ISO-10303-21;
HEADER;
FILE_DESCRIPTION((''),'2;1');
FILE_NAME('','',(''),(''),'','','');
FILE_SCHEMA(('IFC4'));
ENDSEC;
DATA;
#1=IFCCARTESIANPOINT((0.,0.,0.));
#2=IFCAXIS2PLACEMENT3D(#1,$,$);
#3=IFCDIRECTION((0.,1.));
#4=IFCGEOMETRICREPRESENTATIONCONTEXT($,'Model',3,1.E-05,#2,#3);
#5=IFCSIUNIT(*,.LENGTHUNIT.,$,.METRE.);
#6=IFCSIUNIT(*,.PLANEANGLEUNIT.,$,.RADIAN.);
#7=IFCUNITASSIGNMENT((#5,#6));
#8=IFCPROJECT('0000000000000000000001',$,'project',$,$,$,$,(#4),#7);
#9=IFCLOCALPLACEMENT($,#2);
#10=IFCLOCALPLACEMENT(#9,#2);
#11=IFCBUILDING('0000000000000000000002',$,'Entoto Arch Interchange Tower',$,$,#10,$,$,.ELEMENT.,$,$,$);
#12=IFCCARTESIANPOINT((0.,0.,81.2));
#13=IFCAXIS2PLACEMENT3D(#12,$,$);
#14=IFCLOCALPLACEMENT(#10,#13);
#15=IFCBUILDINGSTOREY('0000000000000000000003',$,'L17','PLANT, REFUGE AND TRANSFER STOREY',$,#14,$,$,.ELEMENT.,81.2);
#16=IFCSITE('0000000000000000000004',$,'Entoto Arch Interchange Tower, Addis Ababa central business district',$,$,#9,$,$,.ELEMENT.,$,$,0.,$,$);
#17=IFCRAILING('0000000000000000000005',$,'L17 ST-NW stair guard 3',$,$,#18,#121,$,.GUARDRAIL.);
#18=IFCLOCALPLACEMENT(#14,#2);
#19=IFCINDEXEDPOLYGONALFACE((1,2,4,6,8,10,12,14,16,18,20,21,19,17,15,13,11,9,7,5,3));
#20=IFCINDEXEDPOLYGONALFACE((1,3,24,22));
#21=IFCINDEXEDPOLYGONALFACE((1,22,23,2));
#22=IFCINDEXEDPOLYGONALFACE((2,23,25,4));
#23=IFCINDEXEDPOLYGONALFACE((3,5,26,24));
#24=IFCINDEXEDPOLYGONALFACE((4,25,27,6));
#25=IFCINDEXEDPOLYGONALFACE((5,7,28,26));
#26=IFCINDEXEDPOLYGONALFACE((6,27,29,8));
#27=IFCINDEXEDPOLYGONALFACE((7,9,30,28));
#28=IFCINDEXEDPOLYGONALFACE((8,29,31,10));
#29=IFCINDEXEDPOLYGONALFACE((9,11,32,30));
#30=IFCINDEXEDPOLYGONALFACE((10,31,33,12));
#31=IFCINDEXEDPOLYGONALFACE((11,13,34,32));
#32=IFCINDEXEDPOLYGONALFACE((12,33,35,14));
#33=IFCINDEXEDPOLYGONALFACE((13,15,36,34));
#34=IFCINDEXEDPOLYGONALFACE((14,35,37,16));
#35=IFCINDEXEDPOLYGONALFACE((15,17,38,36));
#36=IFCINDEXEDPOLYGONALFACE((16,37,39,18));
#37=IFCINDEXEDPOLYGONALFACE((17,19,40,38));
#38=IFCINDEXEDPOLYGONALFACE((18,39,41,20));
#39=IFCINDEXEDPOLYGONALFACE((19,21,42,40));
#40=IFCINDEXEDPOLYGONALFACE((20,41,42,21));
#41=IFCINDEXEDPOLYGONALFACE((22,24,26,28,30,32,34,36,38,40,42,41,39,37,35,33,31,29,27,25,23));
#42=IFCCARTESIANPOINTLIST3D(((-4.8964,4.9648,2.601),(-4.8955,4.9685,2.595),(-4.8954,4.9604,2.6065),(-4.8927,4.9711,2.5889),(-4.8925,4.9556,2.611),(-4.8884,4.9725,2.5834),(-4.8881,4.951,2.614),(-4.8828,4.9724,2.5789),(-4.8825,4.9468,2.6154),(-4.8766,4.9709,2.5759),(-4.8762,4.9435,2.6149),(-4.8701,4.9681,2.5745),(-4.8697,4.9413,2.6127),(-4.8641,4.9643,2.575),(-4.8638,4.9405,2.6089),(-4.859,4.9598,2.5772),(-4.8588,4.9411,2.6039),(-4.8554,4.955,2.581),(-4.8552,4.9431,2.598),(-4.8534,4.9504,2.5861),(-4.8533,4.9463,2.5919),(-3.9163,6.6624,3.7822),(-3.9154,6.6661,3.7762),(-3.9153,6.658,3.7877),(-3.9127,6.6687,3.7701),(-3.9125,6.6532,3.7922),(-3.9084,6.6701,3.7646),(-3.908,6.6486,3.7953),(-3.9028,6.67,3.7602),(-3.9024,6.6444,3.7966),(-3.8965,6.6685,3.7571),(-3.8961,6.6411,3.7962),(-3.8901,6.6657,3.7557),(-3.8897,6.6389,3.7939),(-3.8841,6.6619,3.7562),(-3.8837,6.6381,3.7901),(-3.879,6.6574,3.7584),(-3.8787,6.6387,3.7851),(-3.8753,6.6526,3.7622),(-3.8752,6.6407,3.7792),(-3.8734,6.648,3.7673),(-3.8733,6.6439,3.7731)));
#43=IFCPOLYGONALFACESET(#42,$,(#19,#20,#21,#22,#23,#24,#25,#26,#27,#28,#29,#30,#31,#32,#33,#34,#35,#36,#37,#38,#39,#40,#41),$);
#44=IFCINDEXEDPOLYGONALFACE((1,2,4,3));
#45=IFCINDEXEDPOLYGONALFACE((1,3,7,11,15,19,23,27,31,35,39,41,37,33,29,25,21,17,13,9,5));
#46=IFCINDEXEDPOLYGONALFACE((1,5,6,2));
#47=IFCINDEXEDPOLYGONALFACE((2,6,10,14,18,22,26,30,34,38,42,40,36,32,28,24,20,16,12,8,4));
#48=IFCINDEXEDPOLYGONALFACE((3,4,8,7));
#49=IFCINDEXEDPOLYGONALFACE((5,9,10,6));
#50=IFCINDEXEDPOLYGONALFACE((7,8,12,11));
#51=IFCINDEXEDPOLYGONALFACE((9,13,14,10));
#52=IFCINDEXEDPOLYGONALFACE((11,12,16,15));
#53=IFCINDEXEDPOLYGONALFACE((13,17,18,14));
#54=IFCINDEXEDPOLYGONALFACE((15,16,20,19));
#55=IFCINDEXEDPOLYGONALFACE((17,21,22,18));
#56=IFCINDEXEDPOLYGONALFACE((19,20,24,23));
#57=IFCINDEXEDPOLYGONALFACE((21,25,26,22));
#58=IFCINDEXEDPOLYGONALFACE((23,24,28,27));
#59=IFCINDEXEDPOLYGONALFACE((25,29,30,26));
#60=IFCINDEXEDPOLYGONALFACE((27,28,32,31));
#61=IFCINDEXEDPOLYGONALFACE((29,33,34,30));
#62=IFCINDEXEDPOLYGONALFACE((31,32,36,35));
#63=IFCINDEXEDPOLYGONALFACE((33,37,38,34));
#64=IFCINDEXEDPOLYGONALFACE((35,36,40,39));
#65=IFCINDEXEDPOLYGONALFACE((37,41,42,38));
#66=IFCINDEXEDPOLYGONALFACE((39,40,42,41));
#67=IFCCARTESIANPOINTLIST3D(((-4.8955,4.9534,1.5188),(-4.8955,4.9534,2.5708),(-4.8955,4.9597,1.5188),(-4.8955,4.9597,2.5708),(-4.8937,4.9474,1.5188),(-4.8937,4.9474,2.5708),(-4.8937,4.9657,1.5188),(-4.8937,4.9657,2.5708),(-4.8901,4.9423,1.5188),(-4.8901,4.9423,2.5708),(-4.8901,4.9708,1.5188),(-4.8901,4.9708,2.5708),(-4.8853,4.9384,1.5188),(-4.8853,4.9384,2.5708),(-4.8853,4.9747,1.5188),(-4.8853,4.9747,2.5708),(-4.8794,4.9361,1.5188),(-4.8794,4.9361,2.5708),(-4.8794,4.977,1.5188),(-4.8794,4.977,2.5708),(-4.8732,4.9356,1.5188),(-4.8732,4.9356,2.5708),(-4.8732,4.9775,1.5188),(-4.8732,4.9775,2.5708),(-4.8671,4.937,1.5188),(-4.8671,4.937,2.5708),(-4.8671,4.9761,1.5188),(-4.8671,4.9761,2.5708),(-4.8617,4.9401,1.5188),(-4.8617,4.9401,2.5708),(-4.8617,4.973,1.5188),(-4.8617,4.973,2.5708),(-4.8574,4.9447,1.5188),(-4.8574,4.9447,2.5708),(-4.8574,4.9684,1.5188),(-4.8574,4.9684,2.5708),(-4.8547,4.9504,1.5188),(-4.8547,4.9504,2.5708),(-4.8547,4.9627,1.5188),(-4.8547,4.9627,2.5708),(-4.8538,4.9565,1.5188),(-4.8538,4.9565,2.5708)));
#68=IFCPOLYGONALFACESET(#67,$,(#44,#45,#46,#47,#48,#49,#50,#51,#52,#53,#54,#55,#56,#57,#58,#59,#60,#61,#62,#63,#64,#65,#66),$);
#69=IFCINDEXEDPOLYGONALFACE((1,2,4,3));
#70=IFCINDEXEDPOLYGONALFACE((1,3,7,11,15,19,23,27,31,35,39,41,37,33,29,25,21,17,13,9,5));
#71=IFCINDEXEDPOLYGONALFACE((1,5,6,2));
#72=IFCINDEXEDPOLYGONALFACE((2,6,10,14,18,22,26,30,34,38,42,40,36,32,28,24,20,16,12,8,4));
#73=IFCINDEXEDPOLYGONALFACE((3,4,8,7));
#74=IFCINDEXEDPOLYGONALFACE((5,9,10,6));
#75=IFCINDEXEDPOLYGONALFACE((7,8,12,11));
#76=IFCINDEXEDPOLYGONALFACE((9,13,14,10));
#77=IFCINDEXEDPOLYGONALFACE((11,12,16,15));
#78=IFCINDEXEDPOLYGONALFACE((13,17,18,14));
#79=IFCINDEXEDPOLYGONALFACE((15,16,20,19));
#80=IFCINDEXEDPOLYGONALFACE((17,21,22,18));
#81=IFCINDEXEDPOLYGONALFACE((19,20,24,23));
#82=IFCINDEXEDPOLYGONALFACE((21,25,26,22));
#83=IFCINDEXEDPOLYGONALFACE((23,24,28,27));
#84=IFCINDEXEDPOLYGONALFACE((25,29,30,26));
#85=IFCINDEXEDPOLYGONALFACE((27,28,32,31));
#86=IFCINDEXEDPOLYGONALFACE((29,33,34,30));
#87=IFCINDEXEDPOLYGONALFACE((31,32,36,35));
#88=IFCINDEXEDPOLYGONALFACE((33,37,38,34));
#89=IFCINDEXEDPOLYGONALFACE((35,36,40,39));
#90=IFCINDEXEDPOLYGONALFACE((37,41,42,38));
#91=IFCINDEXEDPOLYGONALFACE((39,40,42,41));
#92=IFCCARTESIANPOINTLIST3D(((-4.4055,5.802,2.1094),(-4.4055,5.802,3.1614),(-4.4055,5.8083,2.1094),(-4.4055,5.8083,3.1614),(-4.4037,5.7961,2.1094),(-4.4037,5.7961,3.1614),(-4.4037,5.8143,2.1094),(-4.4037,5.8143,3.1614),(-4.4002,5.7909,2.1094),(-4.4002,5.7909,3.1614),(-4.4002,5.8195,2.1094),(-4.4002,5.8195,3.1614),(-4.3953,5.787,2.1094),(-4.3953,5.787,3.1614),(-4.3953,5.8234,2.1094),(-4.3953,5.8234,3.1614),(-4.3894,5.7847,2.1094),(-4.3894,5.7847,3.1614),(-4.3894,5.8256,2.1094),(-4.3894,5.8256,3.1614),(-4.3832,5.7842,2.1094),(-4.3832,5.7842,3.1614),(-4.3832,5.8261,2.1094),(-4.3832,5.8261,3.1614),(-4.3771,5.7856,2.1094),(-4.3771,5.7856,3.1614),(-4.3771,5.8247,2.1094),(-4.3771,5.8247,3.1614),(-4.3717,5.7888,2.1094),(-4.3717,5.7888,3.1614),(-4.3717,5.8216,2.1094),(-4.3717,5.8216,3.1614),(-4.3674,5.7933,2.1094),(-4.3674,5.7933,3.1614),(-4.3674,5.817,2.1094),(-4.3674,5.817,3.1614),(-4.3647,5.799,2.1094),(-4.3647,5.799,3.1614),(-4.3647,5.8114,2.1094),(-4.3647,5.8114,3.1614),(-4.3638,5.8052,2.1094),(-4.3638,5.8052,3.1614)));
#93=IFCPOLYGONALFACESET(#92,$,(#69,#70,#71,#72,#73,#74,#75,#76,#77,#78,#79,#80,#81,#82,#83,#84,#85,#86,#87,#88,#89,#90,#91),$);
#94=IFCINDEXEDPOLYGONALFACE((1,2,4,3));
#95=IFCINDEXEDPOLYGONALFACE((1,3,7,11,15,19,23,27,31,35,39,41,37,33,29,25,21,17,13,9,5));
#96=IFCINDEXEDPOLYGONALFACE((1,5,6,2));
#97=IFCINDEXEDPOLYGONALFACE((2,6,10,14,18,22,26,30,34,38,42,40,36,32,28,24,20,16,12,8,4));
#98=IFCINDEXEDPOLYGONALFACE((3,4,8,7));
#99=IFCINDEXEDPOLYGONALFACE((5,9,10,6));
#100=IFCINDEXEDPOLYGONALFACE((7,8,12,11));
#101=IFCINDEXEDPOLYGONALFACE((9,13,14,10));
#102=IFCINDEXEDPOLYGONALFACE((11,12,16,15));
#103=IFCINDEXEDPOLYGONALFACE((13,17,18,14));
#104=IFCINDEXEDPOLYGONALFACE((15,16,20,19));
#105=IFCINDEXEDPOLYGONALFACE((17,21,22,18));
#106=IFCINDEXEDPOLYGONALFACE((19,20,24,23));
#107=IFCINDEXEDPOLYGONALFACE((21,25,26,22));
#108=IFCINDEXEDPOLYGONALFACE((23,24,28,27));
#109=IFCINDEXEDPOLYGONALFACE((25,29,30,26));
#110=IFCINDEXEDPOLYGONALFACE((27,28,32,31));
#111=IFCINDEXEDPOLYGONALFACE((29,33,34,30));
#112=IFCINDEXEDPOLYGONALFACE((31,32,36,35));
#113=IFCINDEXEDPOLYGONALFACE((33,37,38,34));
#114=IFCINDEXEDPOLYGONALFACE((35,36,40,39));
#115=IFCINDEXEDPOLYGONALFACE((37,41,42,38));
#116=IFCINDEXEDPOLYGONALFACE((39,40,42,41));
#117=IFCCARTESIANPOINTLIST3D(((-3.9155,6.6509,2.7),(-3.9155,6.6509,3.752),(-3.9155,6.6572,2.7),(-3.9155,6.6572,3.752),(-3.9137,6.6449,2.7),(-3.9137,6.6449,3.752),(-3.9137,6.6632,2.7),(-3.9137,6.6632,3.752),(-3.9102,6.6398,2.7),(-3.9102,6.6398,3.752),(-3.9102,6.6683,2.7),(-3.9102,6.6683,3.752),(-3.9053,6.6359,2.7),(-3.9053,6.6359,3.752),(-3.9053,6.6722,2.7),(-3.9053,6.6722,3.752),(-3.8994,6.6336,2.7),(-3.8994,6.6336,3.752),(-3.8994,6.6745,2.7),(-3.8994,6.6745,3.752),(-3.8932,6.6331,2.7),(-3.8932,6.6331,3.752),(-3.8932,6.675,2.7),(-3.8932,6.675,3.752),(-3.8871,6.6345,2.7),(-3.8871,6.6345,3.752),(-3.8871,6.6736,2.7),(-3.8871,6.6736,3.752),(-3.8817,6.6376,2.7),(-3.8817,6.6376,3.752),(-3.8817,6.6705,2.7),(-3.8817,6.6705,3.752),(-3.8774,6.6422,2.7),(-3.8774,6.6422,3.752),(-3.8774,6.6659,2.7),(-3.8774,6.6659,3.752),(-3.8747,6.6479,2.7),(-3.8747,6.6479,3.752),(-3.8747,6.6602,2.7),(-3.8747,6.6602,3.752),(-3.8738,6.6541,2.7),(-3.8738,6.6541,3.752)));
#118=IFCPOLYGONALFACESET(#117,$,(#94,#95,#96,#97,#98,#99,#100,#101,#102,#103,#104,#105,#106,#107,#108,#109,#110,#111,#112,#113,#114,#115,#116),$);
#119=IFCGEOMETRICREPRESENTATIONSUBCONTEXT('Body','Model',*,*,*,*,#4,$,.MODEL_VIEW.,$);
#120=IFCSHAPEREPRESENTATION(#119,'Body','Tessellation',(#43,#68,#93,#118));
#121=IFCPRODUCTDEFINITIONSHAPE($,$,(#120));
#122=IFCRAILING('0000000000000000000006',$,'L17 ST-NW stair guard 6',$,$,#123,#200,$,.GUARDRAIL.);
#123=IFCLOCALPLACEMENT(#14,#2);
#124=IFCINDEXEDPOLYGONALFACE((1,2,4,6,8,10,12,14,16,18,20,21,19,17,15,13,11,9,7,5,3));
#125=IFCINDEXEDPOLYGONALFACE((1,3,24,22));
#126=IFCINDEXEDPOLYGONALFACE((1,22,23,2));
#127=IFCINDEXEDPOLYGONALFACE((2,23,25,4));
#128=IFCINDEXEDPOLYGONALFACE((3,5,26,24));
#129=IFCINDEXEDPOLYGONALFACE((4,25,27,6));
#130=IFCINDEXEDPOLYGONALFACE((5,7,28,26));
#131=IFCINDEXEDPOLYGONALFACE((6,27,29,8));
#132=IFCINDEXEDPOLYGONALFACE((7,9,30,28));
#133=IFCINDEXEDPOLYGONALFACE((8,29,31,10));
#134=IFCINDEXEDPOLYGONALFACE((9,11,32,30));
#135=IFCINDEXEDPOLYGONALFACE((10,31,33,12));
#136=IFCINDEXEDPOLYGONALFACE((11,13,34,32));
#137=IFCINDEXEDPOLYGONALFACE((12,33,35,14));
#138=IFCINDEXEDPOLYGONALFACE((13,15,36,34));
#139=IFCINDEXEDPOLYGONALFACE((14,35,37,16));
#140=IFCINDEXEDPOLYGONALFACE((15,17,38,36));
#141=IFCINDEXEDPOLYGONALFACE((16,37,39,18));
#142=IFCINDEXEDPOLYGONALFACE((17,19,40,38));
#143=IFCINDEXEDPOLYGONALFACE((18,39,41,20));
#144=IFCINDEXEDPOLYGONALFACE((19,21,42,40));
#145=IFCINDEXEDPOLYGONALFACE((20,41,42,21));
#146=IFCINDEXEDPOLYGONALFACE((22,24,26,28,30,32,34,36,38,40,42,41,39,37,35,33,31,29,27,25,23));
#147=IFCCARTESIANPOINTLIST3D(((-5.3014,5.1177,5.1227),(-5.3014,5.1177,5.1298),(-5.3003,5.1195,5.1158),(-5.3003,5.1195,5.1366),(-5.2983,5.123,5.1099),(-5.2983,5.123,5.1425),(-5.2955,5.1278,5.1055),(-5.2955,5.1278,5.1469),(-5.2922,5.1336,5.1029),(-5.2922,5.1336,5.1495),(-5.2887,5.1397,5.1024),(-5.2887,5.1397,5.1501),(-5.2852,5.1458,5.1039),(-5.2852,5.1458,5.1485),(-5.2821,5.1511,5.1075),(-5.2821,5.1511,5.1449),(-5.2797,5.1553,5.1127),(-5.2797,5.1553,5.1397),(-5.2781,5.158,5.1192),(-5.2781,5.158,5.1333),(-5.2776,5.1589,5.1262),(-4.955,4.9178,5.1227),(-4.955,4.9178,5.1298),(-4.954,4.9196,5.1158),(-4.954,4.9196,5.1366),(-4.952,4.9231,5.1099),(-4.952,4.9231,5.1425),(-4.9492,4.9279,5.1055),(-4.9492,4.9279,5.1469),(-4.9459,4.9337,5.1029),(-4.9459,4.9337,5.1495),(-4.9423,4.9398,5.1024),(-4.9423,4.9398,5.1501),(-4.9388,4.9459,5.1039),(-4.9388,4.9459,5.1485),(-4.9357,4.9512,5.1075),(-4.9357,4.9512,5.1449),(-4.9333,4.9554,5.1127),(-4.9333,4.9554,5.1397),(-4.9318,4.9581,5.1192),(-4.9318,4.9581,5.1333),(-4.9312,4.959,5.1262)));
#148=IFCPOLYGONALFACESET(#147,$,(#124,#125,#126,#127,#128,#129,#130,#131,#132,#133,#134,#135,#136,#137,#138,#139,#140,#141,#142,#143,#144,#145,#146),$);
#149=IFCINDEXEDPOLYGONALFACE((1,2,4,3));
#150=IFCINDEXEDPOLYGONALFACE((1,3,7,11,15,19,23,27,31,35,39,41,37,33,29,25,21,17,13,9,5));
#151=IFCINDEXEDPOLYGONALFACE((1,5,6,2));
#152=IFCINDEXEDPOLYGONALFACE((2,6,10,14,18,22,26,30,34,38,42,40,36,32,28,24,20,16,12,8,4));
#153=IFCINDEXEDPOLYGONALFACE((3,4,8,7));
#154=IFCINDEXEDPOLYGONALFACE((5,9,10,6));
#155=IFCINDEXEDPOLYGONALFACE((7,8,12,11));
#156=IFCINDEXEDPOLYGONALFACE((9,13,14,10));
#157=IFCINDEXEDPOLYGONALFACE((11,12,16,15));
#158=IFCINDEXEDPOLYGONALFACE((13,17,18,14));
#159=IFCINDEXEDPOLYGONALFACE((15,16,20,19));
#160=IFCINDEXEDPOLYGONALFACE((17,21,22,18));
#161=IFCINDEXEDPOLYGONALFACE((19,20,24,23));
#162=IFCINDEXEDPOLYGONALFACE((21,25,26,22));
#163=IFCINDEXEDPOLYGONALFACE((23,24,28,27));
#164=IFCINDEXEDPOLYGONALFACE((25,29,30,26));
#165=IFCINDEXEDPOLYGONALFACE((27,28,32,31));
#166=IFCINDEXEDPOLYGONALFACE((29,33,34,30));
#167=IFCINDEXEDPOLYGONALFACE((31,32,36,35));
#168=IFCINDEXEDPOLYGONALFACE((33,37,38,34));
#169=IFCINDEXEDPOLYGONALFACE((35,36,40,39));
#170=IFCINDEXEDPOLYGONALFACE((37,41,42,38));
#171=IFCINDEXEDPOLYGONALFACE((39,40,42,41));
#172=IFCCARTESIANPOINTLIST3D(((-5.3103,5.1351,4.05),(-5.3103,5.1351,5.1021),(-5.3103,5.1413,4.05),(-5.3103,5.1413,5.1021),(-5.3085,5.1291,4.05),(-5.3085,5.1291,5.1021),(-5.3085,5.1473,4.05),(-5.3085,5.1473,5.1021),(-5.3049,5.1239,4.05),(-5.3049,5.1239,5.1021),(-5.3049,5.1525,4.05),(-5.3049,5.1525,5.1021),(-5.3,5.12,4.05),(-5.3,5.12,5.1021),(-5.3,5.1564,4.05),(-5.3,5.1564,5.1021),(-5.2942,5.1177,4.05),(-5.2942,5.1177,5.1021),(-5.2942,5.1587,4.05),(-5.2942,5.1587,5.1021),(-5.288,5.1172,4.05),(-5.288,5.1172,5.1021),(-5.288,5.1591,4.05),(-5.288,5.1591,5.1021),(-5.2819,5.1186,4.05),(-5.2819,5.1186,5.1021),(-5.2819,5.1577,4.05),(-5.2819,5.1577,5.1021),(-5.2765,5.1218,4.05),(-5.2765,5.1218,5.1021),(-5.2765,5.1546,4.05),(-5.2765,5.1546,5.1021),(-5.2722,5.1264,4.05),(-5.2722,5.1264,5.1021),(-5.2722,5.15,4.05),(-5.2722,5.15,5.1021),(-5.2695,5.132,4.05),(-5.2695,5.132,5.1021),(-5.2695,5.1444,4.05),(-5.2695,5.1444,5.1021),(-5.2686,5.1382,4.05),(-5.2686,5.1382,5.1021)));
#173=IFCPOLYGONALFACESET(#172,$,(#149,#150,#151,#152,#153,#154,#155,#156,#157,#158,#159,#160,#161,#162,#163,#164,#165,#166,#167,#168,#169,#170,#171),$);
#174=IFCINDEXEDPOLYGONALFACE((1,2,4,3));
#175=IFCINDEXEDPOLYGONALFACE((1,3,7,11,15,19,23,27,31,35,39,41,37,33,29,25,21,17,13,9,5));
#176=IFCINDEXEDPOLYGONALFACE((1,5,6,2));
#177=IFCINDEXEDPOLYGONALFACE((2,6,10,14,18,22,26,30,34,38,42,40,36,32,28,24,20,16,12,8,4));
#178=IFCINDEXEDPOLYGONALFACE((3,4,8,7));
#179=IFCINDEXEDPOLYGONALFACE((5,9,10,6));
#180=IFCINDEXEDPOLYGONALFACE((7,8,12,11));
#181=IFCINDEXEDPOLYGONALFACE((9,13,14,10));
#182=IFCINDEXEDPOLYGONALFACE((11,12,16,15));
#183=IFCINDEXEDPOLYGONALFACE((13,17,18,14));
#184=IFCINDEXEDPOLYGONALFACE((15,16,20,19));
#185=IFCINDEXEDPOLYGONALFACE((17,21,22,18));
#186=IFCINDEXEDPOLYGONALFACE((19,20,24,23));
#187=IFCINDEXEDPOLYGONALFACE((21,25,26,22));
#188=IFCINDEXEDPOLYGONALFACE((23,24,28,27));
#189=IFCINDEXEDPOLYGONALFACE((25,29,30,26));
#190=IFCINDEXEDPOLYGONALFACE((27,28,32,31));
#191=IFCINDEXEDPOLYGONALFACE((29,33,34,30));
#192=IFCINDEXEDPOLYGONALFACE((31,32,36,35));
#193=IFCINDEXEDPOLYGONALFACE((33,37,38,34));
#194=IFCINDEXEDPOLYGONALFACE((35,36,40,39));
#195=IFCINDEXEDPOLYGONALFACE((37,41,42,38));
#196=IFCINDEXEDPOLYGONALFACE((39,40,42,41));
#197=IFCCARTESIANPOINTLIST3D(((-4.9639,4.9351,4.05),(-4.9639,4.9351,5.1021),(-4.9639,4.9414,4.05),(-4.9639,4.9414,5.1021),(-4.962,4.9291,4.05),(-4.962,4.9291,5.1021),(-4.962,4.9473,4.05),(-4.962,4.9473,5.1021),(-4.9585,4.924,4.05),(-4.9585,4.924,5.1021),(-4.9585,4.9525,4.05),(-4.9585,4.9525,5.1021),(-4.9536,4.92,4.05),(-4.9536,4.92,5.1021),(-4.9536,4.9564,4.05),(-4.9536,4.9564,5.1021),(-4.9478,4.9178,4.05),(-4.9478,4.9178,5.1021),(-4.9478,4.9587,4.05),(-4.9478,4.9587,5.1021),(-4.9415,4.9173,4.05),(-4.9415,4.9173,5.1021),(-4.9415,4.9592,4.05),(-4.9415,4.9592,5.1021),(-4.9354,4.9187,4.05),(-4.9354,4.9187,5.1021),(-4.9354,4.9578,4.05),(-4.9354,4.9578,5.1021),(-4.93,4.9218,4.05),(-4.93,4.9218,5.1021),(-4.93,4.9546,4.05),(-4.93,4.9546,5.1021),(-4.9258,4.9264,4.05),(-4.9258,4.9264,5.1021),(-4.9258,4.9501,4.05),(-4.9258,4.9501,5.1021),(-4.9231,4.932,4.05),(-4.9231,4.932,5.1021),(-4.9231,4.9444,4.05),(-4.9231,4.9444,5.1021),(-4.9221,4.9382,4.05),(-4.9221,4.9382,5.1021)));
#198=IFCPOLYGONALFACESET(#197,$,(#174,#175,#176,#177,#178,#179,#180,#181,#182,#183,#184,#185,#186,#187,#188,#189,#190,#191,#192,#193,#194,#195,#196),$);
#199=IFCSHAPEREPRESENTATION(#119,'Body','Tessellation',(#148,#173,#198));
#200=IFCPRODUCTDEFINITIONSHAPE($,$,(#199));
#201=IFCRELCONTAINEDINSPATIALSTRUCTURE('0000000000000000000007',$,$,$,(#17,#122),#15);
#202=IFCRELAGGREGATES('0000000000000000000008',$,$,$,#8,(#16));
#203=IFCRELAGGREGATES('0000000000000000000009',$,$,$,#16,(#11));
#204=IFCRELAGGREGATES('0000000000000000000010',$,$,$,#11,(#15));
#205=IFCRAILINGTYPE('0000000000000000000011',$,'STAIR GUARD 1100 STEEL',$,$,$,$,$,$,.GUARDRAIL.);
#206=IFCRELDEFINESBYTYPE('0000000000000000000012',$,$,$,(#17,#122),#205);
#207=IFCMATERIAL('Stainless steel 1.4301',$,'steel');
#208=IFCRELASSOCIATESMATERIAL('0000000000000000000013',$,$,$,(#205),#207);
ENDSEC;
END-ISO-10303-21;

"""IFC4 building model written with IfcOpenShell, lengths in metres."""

from ifc_helpers import new_model, si_unit, direction, frame, origin, origin_2d, place, context, subcontext, project, spatial, circle, extrude, material, type_object, element, save


model = new_model("IFC4")

# Units and contexts
model_context = context("Model", 3, precision=1e-05, world=origin(), true_north=direction((0.0, 1.0)))
body_context = subcontext(model_context, "Body", "Model", "MODEL_VIEW")
ifc_project = project(units=[si_unit("LENGTHUNIT", "METRE"), si_unit("PLANEANGLEUNIT", "RADIAN")], contexts=[model_context])

# Site, building, storey
site_placement = place(None, origin())
site = spatial("IfcSite", under=ifc_project, at=site_placement, Name="Entoto Arch Interchange Tower, Addis Ababa central business district", CompositionType="ELEMENT", RefElevation=0.0)
building_placement = place(site_placement, origin())
building = spatial("IfcBuilding", under=site, at=building_placement, Name="Entoto Arch Interchange Tower", CompositionType="ELEMENT")
storey_placement = place(building_placement, frame((0.0, 0.0, 81.2)))
storey = spatial("IfcBuildingStorey", under=building, at=storey_placement, Name="L17", Description="PLANT, REFUGE AND TRANSFER STOREY", CompositionType="ELEMENT", Elevation=81.2)

# Railings
ifc_material_1 = material(Name="Stainless steel 1.4301", Category="steel")
railing_type_1 = type_object("IfcRailingType", Name="STAIR GUARD 1100 STEEL", PredefinedType="GUARDRAIL", material=ifc_material_1)
railing_1_placement = place(storey_placement, frame((-4.8748, 4.9565, 1.5188)))
element("IfcRailing", 1, at=railing_1_placement, inside=storey, type_object=railing_type_1, Name="L17 ST-NW stair guard 3", PredefinedType="GUARDRAIL", context=body_context, shape_type="SweptSolid", body=[
    extrude(circle(Radius=0.0239, at=origin_2d()), frame((0.0, 0.0, 1.0762), z_axis=(0.428228, 0.741771, 0.516135), x_axis=(-0.866042, 0.49997, 0.0)), (0.0, 0.0, 1.0), 2.2886),
    extrude(circle(Radius=0.021, at=origin_2d()), origin(), (0.0, 0.0, 1.0), 1.052),
    extrude(circle(Radius=0.021, at=origin_2d()), frame((0.49, 0.8486, 0.5906)), (0.0, 0.0, 1.0), 1.052),
    extrude(circle(Radius=0.021, at=origin_2d()), frame((0.98, 1.6975, 1.1812)), (0.0, 0.0, 1.0), 1.052),
])
railing_2_placement = place(storey_placement, frame((-5.2896, 5.1382, 4.05)))
element("IfcRailing", 2, at=railing_2_placement, inside=storey, type_object=railing_type_1, Name="L17 ST-NW stair guard 6", PredefinedType="GUARDRAIL", context=body_context, shape_type="SweptSolid", body=[
    extrude(circle(Radius=0.0239, at=origin_2d()), frame((0.0, 0.0, 1.0762), z_axis=(0.866094, -0.499881, 0.0), x_axis=(0.499881, 0.866094, 0.0)), (0.0, 0.0, 1.0), 0.3999),
    extrude(circle(Radius=0.021, at=origin_2d()), origin(), (0.0, 0.0, 1.0), 1.052),
    extrude(circle(Radius=0.021, at=origin_2d()), frame((0.3464, -0.2, 0.0)), (0.0, 0.0, 1.0), 1.052),
])

save(model, "model.ifc")
